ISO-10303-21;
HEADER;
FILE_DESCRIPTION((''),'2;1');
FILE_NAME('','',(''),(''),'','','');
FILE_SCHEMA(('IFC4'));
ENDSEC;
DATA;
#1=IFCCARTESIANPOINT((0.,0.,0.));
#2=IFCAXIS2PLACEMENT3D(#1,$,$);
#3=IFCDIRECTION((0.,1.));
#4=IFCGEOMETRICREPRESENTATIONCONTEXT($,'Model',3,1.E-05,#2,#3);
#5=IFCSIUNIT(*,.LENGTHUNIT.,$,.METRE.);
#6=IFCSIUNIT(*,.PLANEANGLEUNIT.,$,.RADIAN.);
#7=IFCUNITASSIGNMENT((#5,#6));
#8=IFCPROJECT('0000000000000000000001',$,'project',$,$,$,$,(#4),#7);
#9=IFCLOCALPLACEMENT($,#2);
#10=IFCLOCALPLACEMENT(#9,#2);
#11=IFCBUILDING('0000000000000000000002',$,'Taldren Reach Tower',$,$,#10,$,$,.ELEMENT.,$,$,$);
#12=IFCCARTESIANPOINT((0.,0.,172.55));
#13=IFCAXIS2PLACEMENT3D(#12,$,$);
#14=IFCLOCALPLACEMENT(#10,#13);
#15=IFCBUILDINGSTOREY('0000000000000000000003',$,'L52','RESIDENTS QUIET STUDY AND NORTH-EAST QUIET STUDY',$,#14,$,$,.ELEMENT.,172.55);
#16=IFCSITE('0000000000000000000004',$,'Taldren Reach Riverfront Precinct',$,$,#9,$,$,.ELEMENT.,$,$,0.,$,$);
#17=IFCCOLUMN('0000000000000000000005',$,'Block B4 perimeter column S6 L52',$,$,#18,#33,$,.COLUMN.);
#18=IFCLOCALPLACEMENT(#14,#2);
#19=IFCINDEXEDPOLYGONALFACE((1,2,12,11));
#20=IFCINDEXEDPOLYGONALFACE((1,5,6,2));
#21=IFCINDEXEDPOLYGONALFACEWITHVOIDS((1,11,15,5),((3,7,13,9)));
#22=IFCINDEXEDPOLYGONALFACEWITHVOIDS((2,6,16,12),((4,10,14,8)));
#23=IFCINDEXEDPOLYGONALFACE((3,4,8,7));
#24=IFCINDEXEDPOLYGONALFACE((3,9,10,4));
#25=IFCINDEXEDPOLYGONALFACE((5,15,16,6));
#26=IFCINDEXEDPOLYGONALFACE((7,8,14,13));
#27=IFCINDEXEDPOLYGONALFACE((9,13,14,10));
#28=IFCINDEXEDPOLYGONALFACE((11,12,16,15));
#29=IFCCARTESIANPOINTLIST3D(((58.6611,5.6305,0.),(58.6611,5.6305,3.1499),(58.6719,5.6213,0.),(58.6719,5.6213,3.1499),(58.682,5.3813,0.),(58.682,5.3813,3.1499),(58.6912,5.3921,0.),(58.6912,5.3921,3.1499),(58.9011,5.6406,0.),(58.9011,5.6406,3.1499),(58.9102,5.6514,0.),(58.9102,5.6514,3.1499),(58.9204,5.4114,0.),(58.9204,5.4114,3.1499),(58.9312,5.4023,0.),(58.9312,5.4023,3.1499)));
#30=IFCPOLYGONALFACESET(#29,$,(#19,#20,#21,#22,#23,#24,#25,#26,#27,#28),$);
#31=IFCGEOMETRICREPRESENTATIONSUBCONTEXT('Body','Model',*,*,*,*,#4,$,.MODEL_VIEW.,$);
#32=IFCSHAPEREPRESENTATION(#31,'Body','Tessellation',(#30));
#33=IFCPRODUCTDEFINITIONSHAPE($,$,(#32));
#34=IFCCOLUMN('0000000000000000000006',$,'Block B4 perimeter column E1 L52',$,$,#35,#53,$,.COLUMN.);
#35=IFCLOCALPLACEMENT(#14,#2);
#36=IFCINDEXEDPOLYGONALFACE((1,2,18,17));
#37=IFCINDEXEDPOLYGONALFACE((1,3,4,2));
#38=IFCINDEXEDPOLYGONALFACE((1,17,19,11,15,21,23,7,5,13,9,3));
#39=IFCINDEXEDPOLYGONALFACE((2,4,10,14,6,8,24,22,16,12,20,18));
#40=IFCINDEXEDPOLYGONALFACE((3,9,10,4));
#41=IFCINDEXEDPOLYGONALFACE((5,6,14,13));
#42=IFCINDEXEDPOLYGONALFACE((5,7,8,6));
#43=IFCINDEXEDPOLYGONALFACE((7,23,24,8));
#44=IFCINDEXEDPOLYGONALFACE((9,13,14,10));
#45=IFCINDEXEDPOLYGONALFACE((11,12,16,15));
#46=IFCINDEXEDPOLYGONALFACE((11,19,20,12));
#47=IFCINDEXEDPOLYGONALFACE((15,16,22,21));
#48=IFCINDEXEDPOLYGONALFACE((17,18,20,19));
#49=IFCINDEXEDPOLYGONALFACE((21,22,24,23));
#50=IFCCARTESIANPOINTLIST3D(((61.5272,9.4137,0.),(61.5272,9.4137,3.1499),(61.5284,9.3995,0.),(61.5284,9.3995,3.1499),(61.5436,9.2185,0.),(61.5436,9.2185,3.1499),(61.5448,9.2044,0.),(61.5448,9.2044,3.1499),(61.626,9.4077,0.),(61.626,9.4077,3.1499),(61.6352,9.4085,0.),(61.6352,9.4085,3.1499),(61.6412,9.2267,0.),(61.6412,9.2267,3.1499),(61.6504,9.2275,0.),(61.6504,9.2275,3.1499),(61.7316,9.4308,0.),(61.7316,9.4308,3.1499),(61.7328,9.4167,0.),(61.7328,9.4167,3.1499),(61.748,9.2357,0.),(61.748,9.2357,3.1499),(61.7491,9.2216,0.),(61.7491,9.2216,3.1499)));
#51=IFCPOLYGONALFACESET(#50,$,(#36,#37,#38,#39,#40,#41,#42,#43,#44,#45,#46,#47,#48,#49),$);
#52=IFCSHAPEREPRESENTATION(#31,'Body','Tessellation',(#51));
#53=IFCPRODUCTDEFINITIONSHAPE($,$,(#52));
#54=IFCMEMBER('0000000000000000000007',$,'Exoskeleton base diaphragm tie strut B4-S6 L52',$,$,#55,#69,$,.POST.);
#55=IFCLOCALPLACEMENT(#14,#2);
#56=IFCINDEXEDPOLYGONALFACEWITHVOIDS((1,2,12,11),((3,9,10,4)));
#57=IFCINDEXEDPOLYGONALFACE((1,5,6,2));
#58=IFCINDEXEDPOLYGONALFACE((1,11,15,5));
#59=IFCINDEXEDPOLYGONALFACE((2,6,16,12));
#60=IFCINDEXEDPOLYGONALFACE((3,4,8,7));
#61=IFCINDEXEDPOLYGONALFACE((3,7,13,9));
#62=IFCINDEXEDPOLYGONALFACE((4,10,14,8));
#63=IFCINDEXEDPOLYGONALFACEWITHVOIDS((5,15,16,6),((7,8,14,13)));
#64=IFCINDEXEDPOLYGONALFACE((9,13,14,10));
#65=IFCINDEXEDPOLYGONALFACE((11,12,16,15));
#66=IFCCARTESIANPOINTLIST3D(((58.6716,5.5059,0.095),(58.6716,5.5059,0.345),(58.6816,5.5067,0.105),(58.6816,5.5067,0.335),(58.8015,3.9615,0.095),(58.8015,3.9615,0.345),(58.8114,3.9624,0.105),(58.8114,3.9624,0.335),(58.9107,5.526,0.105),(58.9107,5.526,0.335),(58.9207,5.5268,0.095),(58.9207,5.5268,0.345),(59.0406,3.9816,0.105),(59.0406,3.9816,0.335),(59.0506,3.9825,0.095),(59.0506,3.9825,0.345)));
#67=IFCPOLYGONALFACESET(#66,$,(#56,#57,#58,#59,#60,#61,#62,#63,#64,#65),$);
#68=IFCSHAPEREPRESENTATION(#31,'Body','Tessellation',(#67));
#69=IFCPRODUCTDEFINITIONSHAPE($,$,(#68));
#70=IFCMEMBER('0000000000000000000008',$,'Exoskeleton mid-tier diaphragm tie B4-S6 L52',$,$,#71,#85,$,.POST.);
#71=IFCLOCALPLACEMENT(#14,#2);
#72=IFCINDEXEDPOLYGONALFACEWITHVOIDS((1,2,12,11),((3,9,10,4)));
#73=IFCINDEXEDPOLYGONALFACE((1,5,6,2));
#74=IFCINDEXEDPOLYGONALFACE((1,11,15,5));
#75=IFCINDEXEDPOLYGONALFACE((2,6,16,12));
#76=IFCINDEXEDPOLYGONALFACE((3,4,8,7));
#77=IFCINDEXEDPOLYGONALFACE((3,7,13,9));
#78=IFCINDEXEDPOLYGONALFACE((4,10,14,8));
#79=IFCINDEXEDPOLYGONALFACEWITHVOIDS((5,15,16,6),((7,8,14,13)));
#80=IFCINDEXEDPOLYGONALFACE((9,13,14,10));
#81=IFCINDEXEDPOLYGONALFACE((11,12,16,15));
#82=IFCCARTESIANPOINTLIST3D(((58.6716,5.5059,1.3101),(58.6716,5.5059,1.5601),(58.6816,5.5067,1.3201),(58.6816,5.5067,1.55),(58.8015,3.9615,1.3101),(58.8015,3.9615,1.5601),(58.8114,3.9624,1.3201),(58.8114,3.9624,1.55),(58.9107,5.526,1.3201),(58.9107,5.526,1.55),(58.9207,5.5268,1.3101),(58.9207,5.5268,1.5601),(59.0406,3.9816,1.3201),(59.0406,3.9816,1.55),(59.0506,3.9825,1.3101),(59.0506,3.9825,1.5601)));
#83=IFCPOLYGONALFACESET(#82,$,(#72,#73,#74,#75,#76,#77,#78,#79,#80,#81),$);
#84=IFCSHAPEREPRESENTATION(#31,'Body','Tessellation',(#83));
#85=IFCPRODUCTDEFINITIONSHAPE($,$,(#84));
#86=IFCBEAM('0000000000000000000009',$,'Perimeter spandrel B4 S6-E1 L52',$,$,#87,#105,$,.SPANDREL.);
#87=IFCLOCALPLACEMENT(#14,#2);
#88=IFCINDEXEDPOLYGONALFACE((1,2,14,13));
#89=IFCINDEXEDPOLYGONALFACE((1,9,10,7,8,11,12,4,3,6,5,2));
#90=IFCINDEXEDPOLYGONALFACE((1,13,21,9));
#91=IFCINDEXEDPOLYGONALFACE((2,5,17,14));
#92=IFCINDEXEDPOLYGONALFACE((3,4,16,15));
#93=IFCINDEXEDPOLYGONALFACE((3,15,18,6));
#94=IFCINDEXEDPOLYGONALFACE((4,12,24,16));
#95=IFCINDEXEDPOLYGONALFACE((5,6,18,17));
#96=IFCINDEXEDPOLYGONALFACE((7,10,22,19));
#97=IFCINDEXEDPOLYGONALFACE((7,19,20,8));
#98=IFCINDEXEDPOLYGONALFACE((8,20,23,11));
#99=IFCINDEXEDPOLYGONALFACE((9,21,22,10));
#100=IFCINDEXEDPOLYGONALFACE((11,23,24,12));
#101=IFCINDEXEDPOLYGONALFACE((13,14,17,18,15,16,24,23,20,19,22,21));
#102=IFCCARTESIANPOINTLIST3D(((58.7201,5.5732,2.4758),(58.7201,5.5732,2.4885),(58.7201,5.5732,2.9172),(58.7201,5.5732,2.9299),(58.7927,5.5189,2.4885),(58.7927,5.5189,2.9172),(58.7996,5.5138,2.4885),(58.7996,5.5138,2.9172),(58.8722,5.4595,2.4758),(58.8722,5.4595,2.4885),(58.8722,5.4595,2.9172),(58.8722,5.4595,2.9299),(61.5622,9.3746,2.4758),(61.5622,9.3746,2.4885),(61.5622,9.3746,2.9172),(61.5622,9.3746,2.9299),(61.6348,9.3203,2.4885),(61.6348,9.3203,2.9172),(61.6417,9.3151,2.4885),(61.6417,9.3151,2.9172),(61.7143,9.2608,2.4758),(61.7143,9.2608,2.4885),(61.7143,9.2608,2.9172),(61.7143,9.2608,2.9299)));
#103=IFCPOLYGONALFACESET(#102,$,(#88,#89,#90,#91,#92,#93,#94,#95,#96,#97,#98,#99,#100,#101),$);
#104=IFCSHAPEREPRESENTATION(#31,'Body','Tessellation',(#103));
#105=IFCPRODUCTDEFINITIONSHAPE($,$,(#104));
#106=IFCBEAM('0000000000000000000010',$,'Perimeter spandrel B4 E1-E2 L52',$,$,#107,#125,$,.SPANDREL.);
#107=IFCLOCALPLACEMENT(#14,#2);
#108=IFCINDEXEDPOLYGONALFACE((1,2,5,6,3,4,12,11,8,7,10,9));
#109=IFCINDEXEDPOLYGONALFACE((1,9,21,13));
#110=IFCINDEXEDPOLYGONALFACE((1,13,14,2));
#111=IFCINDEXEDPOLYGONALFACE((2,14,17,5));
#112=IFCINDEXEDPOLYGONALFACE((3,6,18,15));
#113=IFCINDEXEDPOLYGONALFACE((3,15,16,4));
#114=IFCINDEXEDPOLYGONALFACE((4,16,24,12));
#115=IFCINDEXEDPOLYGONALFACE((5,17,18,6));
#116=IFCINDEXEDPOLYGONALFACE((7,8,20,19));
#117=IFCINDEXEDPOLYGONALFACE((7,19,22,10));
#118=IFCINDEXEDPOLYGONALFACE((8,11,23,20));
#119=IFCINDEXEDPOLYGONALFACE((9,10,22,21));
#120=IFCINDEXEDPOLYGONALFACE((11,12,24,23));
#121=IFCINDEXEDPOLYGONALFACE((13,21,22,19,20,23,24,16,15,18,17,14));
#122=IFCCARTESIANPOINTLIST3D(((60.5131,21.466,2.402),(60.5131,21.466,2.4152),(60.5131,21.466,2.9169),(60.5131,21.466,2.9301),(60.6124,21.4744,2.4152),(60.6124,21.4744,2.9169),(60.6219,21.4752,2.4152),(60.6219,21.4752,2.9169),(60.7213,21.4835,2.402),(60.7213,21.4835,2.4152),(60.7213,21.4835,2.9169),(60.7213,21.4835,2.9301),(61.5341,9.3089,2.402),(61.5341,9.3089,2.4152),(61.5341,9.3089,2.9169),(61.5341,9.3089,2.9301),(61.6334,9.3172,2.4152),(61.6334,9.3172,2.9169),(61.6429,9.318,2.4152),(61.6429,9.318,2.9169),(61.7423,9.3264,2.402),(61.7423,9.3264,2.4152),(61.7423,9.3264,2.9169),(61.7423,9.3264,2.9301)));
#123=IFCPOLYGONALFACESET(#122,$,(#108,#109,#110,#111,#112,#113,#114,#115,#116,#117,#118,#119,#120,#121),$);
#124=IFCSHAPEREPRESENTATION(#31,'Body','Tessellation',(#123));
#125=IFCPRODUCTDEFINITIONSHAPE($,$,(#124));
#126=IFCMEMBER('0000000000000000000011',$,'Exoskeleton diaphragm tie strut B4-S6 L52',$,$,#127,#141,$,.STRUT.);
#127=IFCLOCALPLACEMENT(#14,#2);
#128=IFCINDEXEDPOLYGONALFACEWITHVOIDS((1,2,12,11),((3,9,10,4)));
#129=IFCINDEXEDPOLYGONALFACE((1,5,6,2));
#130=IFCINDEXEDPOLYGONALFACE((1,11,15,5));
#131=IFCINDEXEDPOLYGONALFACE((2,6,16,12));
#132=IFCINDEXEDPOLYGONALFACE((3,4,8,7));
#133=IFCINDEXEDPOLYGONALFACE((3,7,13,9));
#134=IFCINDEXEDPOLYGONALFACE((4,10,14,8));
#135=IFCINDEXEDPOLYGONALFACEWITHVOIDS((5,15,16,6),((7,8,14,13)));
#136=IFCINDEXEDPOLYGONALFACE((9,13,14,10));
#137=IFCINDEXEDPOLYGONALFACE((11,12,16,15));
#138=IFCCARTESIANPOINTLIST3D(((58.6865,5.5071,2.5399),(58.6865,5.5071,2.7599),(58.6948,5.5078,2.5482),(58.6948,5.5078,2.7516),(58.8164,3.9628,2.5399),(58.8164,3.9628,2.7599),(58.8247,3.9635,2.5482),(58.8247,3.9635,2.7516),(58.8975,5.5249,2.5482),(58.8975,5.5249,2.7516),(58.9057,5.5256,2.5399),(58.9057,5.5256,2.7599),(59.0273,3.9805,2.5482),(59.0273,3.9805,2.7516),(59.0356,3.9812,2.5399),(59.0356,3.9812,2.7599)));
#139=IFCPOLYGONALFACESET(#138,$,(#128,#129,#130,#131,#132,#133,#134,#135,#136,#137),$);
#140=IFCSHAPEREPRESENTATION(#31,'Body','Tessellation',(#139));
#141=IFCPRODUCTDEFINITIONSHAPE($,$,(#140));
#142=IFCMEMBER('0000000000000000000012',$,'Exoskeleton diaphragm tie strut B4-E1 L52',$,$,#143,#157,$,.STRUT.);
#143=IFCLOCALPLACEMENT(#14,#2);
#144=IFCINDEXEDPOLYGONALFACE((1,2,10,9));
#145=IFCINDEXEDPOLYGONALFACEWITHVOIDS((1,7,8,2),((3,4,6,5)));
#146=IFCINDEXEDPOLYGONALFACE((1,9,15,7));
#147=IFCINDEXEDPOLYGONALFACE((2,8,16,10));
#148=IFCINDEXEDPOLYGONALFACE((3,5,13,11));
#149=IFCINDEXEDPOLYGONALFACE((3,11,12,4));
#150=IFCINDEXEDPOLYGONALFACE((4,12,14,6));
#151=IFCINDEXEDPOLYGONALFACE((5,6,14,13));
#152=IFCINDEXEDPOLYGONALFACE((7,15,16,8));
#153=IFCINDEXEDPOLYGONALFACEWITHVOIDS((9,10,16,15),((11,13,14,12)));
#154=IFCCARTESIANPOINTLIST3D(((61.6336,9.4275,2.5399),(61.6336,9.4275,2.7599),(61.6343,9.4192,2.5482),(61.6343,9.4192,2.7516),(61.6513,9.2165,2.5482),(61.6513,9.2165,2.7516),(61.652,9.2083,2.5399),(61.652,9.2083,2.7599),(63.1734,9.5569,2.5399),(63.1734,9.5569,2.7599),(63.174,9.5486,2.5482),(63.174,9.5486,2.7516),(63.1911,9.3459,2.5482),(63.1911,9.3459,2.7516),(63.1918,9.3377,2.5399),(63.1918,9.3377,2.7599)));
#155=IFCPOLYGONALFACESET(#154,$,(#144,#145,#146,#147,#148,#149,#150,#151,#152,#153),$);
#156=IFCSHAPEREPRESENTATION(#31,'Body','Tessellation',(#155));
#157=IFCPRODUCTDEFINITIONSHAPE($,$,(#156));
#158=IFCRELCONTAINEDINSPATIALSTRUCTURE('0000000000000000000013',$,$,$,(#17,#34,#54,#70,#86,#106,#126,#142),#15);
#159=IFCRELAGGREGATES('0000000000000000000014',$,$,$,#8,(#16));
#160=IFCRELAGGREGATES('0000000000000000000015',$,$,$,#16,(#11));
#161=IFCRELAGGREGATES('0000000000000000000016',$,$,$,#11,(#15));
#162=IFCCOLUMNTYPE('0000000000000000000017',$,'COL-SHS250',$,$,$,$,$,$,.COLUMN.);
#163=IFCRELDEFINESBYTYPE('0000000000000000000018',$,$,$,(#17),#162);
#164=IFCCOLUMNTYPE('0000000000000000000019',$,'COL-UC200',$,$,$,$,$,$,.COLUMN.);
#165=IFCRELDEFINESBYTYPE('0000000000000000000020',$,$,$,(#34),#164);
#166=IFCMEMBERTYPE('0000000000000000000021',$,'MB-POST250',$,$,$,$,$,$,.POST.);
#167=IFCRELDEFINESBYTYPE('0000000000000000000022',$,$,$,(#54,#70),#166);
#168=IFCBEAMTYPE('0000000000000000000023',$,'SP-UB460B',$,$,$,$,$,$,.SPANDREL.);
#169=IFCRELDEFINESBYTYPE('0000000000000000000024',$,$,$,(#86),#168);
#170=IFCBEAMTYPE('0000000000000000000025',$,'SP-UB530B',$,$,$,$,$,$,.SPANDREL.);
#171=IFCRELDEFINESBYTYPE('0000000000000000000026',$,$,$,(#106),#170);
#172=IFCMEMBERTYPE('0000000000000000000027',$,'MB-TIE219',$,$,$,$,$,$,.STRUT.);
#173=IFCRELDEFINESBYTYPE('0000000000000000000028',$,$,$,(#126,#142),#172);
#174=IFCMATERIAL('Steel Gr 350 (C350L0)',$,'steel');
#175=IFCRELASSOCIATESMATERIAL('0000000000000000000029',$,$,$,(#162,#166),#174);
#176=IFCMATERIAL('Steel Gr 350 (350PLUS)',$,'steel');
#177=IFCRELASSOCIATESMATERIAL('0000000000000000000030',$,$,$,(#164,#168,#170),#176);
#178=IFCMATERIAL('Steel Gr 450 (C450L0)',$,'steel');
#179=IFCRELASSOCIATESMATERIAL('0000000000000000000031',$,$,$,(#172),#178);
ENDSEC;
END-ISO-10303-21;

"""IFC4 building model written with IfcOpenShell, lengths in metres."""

from ifc_helpers import new_model, si_unit, direction, frame, origin, origin_2d, place, context, subcontext, project, spatial, hollow_rectangle, i_section, extrude, source, transform, mapped, material, material_profile, profile_set, type_object, element, save


model = new_model("IFC4")

# Units and contexts
model_context = context("Model", 3, precision=1e-05, world=origin(), true_north=direction((0.0, 1.0)))
body_context = subcontext(model_context, "Body", "Model", "MODEL_VIEW")
ifc_project = project(units=[si_unit("LENGTHUNIT", "METRE"), si_unit("PLANEANGLEUNIT", "RADIAN")], contexts=[model_context])

# Site, building, storey
site_placement = place(None, origin())
site = spatial("IfcSite", under=ifc_project, at=site_placement, Name="Taldren Reach Riverfront Precinct", CompositionType="ELEMENT", RefElevation=0.0)
building_placement = place(site_placement, origin())
building = spatial("IfcBuilding", under=site, at=building_placement, Name="Taldren Reach Tower", CompositionType="ELEMENT")
storey_placement = place(building_placement, frame((0.0, 0.0, 172.55)))
storey = spatial("IfcBuildingStorey", under=building, at=storey_placement, Name="L52", Description="RESIDENTS QUIET STUDY AND NORTH-EAST QUIET STUDY", CompositionType="ELEMENT", Elevation=172.55)

# Columns
ifc_material_1 = material(Name="Steel Gr 350 (C350L0)", Category="steel")
ifc_material_profile_1 = material_profile(ifc_material_1, hollow_rectangle(XDim=0.25, YDim=0.25, WallThickness=0.01, at=origin_2d()), Name="250x250x10.0SHS")
ifc_profile_set_1 = profile_set([ifc_material_profile_1], Name="Steel Gr 350 (C350L0)")
column_type_1 = type_object("IfcColumnType", Name="COL-SHS250", PredefinedType="COLUMN", material=ifc_profile_set_1)
shared_shape_1 = source(origin(), body_context, "Body", "SweptSolid", [
    extrude(hollow_rectangle(XDim=0.25, YDim=0.25, WallThickness=0.01, at=origin_2d()), origin(), (0.0, 0.0, 1.0), 3.1499),
])
column_1_placement = place(storey_placement, frame((58.7961, 5.5164, 0.0), z_axis=(0.0, 0.0, 1.0), x_axis=(0.996493, 0.083678, 0.0)))
element("IfcColumn", 1, at=column_1_placement, inside=storey, type_object=column_type_1, Name="Block B4 perimeter column S6 L52", PredefinedType="COLUMN", context=body_context, shape_type="MappedRepresentation", body=[
    mapped(shared_shape_1, transform((0.0, 0.0, 0.0), scale=1.0)),
])
ifc_material_2 = material(Name="Steel Gr 350 (350PLUS)", Category="steel")
ifc_material_profile_2 = material_profile(ifc_material_2, i_section(OverallWidth=0.2051, OverallDepth=0.21, WebThickness=0.0093, FlangeThickness=0.0142, at=origin_2d()), Name="200UC59.5")
ifc_profile_set_2 = profile_set([ifc_material_profile_2], Name="Steel Gr 350 (350PLUS)")
column_type_2 = type_object("IfcColumnType", Name="COL-UC200", PredefinedType="COLUMN", material=ifc_profile_set_2)
shared_shape_2 = source(origin(), body_context, "Body", "SweptSolid", [
    extrude(i_section(OverallWidth=0.2051, OverallDepth=0.21, WebThickness=0.0093, FlangeThickness=0.0142, at=origin_2d()), origin(), (0.0, 0.0, 1.0), 3.1499),
])
column_2_placement = place(storey_placement, frame((61.6382, 9.3176, 0.0), z_axis=(0.0, 0.0, 1.0), x_axis=(0.996493, 0.083678, 0.0)))
element("IfcColumn", 2, at=column_2_placement, inside=storey, type_object=column_type_2, Name="Block B4 perimeter column E1 L52", PredefinedType="COLUMN", context=body_context, shape_type="MappedRepresentation", body=[
    mapped(shared_shape_2, transform((0.0, 0.0, 0.0), scale=1.0)),
])

# Members
ifc_material_profile_3 = material_profile(ifc_material_1, hollow_rectangle(XDim=0.25, YDim=0.25, WallThickness=0.01, at=origin_2d()), Name="250x250x10.0SHS")
ifc_profile_set_3 = profile_set([ifc_material_profile_3], Name="Steel Gr 350 (C350L0)")
member_type_1 = type_object("IfcMemberType", Name="MB-POST250", PredefinedType="POST", material=ifc_profile_set_3)
shared_shape_3 = source(origin(), body_context, "Body", "SweptSolid", [
    extrude(hollow_rectangle(XDim=0.25, YDim=0.25, WallThickness=0.01, at=origin_2d()), origin(), (0.0, 0.0, 1.0), 1.5498),
])
for number, where, z_axis, x_axis, name in (
    (3, (58.7961, 5.5164, 0.22), (0.083802, -0.996482, 0.0), (0.996482, 0.083802, 0.0), "Exoskeleton base diaphragm tie strut B4-S6 L52"),
    (4, (58.7961, 5.5164, 1.4351), (0.083802, -0.996482, 0.0), (0.996482, 0.083802, 0.0), "Exoskeleton mid-tier diaphragm tie B4-S6 L52"),
):
    element("IfcMember", number, at=place(storey_placement, frame(where, z_axis=z_axis, x_axis=x_axis)), inside=storey, type_object=member_type_1, Name=name, PredefinedType="POST", context=body_context, shape_type="MappedRepresentation", body=[
        mapped(shared_shape_3, transform((0.0, 0.0, 0.0), scale=1.0)),
    ])

# Beams
ifc_material_profile_4 = material_profile(ifc_material_2, i_section(OverallWidth=0.1899, OverallDepth=0.4541, WebThickness=0.0085, FlangeThickness=0.0127, at=origin_2d()), Name="460UB67.1")
ifc_profile_set_4 = profile_set([ifc_material_profile_4], Name="Steel Gr 350 (350PLUS)")
beam_type_1 = type_object("IfcBeamType", Name="SP-UB460B", PredefinedType="SPANDREL", material=ifc_profile_set_4)
shared_shape_4 = source(origin(), body_context, "Body", "SweptSolid", [
    extrude(i_section(OverallWidth=0.1899, OverallDepth=0.4541, WebThickness=0.0085, FlangeThickness=0.0127, at=origin_2d()), origin(), (0.0, 0.0, 1.0), 4.7463),
])
beam_1_placement = place(storey_placement, frame((58.7961, 5.5164, 2.7029), z_axis=(0.598798, 0.8009, 0.0), x_axis=(-0.8009, 0.598798, 0.0)))
element("IfcBeam", 5, at=beam_1_placement, inside=storey, type_object=beam_type_1, Name="Perimeter spandrel B4 S6-E1 L52", PredefinedType="SPANDREL", context=body_context, shape_type="MappedRepresentation", body=[
    mapped(shared_shape_4, transform((0.0, 0.0, 0.0), scale=1.0)),
])
ifc_material_profile_5 = material_profile(ifc_material_2, i_section(OverallWidth=0.209, OverallDepth=0.5281, WebThickness=0.0095, FlangeThickness=0.0132, at=origin_2d()), Name="530UB82.0")
ifc_profile_set_5 = profile_set([ifc_material_profile_5], Name="Steel Gr 350 (350PLUS)")
beam_type_2 = type_object("IfcBeamType", Name="SP-UB530B", PredefinedType="SPANDREL", material=ifc_profile_set_5)
shared_shape_5 = source(origin(), body_context, "Body", "SweptSolid", [
    extrude(i_section(OverallWidth=0.209, OverallDepth=0.5281, WebThickness=0.0095, FlangeThickness=0.0132, at=origin_2d()), origin(), (0.0, 0.0, 1.0), 12.2),
])
beam_2_placement = place(storey_placement, frame((61.6382, 9.3176, 2.666), z_axis=(-0.083688, 0.996492, 0.0), x_axis=(-0.996492, -0.083688, 0.0)))
element("IfcBeam", 6, at=beam_2_placement, inside=storey, type_object=beam_type_2, Name="Perimeter spandrel B4 E1-E2 L52", PredefinedType="SPANDREL", context=body_context, shape_type="MappedRepresentation", body=[
    mapped(shared_shape_5, transform((0.0, 0.0, 0.0), scale=1.0)),
])

# Members
ifc_material_3 = material(Name="Steel Gr 450 (C450L0)", Category="steel")
ifc_material_profile_6 = material_profile(ifc_material_3, hollow_rectangle(XDim=0.22, YDim=0.22, WallThickness=0.0083, at=origin_2d()), Name="220x220x8.2SHS")
ifc_profile_set_6 = profile_set([ifc_material_profile_6], Name="Steel Gr 450 (C450L0)")
member_type_2 = type_object("IfcMemberType", Name="MB-TIE219", PredefinedType="STRUT", material=ifc_profile_set_6)
shared_shape_6 = source(origin(), body_context, "Body", "SweptSolid", [
    extrude(hollow_rectangle(XDim=0.22, YDim=0.22, WallThickness=0.0083, at=origin_2d()), origin(), (0.0, 0.0, 1.0), 1.5498),
])
member_1_placement = place(storey_placement, frame((58.7961, 5.5164, 2.6499), z_axis=(0.083802, -0.996482, 0.0), x_axis=(0.996482, 0.083802, 0.0)))
element("IfcMember", 7, at=member_1_placement, inside=storey, type_object=member_type_2, Name="Exoskeleton diaphragm tie strut B4-S6 L52", PredefinedType="STRUT", context=body_context, shape_type="MappedRepresentation", body=[
    mapped(shared_shape_6, transform((0.0, 0.0, 0.0), scale=1.0)),
])
shared_shape_7 = source(origin(), body_context, "Body", "SweptSolid", [
    extrude(hollow_rectangle(XDim=0.22, YDim=0.22, WallThickness=0.0083, at=origin_2d()), origin(), (0.0, 0.0, 1.0), 1.5452),
])
member_2_placement = place(storey_placement, frame((61.6428, 9.3179, 2.6499), z_axis=(0.996488, 0.083738, 0.0), x_axis=(-0.083738, 0.996488, 0.0)))
element("IfcMember", 8, at=member_2_placement, inside=storey, type_object=member_type_2, Name="Exoskeleton diaphragm tie strut B4-E1 L52", PredefinedType="STRUT", context=body_context, shape_type="MappedRepresentation", body=[
    mapped(shared_shape_7, transform((0.0, 0.0, 0.0), scale=1.0)),
])

save(model, "model.ifc")
